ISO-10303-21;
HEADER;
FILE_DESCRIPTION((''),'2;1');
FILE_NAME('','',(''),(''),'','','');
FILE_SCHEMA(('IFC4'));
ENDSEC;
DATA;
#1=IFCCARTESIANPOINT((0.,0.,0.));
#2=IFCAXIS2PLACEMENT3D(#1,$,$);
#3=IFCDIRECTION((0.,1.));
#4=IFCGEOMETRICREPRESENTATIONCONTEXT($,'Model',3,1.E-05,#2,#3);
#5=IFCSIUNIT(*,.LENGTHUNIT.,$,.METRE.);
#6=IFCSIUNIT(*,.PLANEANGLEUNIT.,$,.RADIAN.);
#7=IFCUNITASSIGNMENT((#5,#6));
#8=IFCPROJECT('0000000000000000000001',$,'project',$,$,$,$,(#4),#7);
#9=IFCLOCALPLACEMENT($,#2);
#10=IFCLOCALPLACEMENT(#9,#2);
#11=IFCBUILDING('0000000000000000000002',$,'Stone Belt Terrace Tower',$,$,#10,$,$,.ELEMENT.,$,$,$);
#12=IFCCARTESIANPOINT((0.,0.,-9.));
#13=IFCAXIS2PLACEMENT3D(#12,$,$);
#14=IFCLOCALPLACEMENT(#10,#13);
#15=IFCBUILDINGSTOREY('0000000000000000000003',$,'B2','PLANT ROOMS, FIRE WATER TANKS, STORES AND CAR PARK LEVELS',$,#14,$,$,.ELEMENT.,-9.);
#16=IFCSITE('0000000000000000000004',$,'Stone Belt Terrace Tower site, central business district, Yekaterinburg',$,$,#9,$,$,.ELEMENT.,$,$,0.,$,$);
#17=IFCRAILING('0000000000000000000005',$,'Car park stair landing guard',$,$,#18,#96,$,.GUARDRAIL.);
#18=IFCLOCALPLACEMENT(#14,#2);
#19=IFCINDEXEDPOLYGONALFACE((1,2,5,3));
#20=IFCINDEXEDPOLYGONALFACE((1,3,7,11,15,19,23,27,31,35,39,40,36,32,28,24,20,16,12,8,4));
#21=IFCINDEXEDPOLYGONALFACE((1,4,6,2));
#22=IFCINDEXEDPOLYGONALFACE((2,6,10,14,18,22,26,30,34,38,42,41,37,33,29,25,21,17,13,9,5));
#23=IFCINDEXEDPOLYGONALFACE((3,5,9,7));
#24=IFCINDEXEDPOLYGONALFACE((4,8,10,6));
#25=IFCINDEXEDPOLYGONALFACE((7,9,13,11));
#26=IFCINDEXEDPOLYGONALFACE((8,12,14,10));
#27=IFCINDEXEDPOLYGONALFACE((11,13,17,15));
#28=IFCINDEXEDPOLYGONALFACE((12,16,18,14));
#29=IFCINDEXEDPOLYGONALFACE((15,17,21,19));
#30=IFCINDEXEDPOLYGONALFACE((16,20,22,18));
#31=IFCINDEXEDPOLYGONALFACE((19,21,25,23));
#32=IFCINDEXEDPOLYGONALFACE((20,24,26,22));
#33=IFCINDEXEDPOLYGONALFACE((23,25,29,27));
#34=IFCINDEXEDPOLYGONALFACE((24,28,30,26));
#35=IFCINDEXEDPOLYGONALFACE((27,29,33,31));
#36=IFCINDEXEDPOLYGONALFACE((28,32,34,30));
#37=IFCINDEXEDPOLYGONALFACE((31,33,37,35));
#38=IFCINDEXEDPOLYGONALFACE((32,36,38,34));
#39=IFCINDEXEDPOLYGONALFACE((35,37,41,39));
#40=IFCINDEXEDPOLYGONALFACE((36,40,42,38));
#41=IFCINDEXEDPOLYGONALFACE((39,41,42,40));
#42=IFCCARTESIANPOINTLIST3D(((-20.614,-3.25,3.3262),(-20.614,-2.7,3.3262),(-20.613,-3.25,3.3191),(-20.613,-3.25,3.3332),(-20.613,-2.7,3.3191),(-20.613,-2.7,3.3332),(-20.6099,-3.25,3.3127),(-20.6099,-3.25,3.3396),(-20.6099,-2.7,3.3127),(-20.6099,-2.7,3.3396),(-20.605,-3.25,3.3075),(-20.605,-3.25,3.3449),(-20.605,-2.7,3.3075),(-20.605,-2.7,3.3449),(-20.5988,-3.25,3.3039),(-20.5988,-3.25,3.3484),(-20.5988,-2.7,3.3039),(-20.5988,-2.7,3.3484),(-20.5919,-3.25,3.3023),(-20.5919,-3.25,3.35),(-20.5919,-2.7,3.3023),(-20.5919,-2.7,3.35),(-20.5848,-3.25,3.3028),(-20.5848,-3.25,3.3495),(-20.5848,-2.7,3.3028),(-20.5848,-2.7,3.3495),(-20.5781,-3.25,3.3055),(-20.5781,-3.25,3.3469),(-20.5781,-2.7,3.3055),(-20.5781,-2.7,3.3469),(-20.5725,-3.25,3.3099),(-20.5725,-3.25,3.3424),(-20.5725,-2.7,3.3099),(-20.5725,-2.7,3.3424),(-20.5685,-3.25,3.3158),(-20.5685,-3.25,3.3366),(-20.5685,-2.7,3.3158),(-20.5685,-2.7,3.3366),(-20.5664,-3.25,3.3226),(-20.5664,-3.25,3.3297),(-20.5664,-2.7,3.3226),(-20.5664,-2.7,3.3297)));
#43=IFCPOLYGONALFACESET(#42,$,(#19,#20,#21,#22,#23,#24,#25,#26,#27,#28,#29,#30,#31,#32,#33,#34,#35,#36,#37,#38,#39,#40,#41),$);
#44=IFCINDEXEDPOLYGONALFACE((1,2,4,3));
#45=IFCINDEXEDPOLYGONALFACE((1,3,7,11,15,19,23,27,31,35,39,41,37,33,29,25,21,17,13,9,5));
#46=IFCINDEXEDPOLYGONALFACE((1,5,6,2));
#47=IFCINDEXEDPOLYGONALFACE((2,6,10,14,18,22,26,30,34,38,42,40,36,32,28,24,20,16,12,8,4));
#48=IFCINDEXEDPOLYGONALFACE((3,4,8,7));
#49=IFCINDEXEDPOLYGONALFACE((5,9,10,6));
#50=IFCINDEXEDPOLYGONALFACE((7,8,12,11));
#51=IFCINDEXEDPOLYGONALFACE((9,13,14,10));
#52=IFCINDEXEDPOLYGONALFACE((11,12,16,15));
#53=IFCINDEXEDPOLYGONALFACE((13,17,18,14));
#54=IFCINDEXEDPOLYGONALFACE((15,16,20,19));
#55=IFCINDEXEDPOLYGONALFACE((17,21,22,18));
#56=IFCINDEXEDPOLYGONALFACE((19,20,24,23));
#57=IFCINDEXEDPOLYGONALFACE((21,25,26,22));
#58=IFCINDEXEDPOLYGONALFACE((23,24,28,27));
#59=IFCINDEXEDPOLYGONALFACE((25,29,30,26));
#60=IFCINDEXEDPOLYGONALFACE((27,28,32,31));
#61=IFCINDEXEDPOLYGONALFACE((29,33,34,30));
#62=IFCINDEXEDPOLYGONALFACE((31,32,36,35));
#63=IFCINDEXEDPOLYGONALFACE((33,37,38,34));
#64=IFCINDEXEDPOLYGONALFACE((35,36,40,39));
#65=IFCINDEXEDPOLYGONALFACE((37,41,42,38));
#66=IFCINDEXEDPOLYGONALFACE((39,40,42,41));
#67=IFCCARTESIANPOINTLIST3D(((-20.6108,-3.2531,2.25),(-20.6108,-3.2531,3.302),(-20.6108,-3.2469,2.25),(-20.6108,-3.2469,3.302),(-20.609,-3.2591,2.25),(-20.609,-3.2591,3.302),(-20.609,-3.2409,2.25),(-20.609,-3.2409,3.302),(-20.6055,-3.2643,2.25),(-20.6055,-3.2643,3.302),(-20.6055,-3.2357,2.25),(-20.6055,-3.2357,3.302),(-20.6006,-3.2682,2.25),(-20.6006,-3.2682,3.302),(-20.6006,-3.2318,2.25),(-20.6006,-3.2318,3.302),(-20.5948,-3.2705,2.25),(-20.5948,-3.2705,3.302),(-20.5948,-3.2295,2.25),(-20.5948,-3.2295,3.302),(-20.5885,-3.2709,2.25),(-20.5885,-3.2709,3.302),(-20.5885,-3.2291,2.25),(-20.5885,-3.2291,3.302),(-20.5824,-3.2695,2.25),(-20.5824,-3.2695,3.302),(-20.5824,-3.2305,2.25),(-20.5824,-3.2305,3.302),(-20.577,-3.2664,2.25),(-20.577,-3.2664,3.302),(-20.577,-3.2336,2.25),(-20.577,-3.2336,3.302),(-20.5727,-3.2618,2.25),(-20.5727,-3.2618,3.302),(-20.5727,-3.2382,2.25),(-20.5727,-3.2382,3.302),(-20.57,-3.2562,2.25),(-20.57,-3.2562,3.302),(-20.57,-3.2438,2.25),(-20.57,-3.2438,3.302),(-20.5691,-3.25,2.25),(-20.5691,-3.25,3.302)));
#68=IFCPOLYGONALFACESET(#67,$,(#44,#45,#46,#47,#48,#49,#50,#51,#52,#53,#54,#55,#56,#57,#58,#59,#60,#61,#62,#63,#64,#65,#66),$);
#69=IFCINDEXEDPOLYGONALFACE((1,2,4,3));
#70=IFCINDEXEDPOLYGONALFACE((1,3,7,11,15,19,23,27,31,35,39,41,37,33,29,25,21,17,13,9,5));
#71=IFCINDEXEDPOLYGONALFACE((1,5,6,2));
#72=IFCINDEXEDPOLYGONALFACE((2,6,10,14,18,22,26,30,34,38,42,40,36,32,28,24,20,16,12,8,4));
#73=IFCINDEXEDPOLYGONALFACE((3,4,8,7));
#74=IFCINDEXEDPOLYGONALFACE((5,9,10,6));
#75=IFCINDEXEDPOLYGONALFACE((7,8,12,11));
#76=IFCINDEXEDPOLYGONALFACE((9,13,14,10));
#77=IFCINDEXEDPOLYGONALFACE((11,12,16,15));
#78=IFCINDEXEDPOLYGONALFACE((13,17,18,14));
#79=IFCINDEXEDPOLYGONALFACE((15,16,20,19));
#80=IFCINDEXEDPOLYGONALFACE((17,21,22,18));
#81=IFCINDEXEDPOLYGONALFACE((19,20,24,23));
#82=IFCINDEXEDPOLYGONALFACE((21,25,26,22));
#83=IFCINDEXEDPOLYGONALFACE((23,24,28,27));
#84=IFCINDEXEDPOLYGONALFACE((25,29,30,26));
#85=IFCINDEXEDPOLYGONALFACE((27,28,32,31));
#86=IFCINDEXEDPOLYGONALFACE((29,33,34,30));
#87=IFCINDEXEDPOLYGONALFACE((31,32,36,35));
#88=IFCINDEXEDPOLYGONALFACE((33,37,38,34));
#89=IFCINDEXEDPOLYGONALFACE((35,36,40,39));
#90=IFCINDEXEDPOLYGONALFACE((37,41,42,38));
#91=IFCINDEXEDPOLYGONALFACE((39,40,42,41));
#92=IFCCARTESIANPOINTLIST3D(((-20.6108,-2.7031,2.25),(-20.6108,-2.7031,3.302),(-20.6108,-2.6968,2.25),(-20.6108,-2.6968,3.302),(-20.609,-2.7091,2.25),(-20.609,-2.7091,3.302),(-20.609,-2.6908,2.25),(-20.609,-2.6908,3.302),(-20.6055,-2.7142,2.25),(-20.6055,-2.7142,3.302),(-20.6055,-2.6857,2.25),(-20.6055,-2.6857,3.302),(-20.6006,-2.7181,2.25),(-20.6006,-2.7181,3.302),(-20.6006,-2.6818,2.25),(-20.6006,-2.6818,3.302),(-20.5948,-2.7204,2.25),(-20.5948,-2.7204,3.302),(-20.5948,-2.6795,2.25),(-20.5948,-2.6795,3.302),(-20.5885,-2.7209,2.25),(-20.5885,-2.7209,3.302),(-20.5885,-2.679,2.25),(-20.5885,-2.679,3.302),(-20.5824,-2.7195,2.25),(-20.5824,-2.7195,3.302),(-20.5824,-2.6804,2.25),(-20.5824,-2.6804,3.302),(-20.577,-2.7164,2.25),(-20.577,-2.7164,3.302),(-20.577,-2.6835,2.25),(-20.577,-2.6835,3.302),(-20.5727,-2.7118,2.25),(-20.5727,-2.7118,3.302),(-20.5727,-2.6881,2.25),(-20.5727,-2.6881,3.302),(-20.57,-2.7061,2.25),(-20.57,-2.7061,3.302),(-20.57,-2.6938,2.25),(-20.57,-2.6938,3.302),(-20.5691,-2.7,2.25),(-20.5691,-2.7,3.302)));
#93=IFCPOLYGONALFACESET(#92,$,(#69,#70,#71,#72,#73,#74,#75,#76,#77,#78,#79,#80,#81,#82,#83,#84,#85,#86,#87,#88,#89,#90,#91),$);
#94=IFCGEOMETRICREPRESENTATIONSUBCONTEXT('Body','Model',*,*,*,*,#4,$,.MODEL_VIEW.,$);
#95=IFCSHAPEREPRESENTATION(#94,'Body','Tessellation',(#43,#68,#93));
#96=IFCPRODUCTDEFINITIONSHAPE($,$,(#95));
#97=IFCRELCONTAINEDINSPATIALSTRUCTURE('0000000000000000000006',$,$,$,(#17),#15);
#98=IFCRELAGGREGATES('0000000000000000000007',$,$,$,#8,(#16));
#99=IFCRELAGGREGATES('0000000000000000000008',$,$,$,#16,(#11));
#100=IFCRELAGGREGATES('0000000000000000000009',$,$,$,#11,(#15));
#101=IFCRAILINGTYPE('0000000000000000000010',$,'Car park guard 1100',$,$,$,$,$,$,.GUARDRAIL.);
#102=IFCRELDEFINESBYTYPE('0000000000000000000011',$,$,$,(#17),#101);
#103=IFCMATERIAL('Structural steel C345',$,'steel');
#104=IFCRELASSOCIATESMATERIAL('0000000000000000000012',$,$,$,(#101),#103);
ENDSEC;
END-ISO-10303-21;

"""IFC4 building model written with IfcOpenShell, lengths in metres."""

from ifc_helpers import new_model, si_unit, direction, frame, origin, origin_2d, place, context, subcontext, project, spatial, circle, extrude, material, type_object, element, save


model = new_model("IFC4")

# Units and contexts
model_context = context("Model", 3, precision=1e-05, world=origin(), true_north=direction((0.0, 1.0)))
body_context = subcontext(model_context, "Body", "Model", "MODEL_VIEW")
ifc_project = project(units=[si_unit("LENGTHUNIT", "METRE"), si_unit("PLANEANGLEUNIT", "RADIAN")], contexts=[model_context])

# Site, building, storey
site_placement = place(None, origin())
site = spatial("IfcSite", under=ifc_project, at=site_placement, Name="Stone Belt Terrace Tower site, central business district, Yekaterinburg", CompositionType="ELEMENT", RefElevation=0.0)
building_placement = place(site_placement, origin())
building = spatial("IfcBuilding", under=site, at=building_placement, Name="Stone Belt Terrace Tower", CompositionType="ELEMENT")
storey_placement = place(building_placement, frame((0.0, 0.0, -9.0)))
storey = spatial("IfcBuildingStorey", under=building, at=storey_placement, Name="B2", Description="PLANT ROOMS, FIRE WATER TANKS, STORES AND CAR PARK LEVELS", CompositionType="ELEMENT", Elevation=-9.0)

# Railing
ifc_material_1 = material(Name="Structural steel C345", Category="steel")
railing_type_1 = type_object("IfcRailingType", Name="Car park guard 1100", PredefinedType="GUARDRAIL", material=ifc_material_1)
railing_1_placement = place(storey_placement, frame((-20.5901, -3.25, 2.25)))
element("IfcRailing", 1, at=railing_1_placement, inside=storey, type_object=railing_type_1, Name="Car park stair landing guard", PredefinedType="GUARDRAIL", context=body_context, shape_type="SweptSolid", body=[
    extrude(circle(Radius=0.0239, at=origin_2d()), frame((0.0, 0.0, 1.0762), z_axis=(0.0, 1.0, 0.0), x_axis=(-1.0, 0.0, 0.0)), (0.0, 0.0, 1.0), 0.55),
    extrude(circle(Radius=0.021, at=origin_2d()), origin(), (0.0, 0.0, 1.0), 1.052),
    extrude(circle(Radius=0.021, at=origin_2d()), frame((0.0, 0.55, 0.0)), (0.0, 0.0, 1.0), 1.052),
])

save(model, "model.ifc")
